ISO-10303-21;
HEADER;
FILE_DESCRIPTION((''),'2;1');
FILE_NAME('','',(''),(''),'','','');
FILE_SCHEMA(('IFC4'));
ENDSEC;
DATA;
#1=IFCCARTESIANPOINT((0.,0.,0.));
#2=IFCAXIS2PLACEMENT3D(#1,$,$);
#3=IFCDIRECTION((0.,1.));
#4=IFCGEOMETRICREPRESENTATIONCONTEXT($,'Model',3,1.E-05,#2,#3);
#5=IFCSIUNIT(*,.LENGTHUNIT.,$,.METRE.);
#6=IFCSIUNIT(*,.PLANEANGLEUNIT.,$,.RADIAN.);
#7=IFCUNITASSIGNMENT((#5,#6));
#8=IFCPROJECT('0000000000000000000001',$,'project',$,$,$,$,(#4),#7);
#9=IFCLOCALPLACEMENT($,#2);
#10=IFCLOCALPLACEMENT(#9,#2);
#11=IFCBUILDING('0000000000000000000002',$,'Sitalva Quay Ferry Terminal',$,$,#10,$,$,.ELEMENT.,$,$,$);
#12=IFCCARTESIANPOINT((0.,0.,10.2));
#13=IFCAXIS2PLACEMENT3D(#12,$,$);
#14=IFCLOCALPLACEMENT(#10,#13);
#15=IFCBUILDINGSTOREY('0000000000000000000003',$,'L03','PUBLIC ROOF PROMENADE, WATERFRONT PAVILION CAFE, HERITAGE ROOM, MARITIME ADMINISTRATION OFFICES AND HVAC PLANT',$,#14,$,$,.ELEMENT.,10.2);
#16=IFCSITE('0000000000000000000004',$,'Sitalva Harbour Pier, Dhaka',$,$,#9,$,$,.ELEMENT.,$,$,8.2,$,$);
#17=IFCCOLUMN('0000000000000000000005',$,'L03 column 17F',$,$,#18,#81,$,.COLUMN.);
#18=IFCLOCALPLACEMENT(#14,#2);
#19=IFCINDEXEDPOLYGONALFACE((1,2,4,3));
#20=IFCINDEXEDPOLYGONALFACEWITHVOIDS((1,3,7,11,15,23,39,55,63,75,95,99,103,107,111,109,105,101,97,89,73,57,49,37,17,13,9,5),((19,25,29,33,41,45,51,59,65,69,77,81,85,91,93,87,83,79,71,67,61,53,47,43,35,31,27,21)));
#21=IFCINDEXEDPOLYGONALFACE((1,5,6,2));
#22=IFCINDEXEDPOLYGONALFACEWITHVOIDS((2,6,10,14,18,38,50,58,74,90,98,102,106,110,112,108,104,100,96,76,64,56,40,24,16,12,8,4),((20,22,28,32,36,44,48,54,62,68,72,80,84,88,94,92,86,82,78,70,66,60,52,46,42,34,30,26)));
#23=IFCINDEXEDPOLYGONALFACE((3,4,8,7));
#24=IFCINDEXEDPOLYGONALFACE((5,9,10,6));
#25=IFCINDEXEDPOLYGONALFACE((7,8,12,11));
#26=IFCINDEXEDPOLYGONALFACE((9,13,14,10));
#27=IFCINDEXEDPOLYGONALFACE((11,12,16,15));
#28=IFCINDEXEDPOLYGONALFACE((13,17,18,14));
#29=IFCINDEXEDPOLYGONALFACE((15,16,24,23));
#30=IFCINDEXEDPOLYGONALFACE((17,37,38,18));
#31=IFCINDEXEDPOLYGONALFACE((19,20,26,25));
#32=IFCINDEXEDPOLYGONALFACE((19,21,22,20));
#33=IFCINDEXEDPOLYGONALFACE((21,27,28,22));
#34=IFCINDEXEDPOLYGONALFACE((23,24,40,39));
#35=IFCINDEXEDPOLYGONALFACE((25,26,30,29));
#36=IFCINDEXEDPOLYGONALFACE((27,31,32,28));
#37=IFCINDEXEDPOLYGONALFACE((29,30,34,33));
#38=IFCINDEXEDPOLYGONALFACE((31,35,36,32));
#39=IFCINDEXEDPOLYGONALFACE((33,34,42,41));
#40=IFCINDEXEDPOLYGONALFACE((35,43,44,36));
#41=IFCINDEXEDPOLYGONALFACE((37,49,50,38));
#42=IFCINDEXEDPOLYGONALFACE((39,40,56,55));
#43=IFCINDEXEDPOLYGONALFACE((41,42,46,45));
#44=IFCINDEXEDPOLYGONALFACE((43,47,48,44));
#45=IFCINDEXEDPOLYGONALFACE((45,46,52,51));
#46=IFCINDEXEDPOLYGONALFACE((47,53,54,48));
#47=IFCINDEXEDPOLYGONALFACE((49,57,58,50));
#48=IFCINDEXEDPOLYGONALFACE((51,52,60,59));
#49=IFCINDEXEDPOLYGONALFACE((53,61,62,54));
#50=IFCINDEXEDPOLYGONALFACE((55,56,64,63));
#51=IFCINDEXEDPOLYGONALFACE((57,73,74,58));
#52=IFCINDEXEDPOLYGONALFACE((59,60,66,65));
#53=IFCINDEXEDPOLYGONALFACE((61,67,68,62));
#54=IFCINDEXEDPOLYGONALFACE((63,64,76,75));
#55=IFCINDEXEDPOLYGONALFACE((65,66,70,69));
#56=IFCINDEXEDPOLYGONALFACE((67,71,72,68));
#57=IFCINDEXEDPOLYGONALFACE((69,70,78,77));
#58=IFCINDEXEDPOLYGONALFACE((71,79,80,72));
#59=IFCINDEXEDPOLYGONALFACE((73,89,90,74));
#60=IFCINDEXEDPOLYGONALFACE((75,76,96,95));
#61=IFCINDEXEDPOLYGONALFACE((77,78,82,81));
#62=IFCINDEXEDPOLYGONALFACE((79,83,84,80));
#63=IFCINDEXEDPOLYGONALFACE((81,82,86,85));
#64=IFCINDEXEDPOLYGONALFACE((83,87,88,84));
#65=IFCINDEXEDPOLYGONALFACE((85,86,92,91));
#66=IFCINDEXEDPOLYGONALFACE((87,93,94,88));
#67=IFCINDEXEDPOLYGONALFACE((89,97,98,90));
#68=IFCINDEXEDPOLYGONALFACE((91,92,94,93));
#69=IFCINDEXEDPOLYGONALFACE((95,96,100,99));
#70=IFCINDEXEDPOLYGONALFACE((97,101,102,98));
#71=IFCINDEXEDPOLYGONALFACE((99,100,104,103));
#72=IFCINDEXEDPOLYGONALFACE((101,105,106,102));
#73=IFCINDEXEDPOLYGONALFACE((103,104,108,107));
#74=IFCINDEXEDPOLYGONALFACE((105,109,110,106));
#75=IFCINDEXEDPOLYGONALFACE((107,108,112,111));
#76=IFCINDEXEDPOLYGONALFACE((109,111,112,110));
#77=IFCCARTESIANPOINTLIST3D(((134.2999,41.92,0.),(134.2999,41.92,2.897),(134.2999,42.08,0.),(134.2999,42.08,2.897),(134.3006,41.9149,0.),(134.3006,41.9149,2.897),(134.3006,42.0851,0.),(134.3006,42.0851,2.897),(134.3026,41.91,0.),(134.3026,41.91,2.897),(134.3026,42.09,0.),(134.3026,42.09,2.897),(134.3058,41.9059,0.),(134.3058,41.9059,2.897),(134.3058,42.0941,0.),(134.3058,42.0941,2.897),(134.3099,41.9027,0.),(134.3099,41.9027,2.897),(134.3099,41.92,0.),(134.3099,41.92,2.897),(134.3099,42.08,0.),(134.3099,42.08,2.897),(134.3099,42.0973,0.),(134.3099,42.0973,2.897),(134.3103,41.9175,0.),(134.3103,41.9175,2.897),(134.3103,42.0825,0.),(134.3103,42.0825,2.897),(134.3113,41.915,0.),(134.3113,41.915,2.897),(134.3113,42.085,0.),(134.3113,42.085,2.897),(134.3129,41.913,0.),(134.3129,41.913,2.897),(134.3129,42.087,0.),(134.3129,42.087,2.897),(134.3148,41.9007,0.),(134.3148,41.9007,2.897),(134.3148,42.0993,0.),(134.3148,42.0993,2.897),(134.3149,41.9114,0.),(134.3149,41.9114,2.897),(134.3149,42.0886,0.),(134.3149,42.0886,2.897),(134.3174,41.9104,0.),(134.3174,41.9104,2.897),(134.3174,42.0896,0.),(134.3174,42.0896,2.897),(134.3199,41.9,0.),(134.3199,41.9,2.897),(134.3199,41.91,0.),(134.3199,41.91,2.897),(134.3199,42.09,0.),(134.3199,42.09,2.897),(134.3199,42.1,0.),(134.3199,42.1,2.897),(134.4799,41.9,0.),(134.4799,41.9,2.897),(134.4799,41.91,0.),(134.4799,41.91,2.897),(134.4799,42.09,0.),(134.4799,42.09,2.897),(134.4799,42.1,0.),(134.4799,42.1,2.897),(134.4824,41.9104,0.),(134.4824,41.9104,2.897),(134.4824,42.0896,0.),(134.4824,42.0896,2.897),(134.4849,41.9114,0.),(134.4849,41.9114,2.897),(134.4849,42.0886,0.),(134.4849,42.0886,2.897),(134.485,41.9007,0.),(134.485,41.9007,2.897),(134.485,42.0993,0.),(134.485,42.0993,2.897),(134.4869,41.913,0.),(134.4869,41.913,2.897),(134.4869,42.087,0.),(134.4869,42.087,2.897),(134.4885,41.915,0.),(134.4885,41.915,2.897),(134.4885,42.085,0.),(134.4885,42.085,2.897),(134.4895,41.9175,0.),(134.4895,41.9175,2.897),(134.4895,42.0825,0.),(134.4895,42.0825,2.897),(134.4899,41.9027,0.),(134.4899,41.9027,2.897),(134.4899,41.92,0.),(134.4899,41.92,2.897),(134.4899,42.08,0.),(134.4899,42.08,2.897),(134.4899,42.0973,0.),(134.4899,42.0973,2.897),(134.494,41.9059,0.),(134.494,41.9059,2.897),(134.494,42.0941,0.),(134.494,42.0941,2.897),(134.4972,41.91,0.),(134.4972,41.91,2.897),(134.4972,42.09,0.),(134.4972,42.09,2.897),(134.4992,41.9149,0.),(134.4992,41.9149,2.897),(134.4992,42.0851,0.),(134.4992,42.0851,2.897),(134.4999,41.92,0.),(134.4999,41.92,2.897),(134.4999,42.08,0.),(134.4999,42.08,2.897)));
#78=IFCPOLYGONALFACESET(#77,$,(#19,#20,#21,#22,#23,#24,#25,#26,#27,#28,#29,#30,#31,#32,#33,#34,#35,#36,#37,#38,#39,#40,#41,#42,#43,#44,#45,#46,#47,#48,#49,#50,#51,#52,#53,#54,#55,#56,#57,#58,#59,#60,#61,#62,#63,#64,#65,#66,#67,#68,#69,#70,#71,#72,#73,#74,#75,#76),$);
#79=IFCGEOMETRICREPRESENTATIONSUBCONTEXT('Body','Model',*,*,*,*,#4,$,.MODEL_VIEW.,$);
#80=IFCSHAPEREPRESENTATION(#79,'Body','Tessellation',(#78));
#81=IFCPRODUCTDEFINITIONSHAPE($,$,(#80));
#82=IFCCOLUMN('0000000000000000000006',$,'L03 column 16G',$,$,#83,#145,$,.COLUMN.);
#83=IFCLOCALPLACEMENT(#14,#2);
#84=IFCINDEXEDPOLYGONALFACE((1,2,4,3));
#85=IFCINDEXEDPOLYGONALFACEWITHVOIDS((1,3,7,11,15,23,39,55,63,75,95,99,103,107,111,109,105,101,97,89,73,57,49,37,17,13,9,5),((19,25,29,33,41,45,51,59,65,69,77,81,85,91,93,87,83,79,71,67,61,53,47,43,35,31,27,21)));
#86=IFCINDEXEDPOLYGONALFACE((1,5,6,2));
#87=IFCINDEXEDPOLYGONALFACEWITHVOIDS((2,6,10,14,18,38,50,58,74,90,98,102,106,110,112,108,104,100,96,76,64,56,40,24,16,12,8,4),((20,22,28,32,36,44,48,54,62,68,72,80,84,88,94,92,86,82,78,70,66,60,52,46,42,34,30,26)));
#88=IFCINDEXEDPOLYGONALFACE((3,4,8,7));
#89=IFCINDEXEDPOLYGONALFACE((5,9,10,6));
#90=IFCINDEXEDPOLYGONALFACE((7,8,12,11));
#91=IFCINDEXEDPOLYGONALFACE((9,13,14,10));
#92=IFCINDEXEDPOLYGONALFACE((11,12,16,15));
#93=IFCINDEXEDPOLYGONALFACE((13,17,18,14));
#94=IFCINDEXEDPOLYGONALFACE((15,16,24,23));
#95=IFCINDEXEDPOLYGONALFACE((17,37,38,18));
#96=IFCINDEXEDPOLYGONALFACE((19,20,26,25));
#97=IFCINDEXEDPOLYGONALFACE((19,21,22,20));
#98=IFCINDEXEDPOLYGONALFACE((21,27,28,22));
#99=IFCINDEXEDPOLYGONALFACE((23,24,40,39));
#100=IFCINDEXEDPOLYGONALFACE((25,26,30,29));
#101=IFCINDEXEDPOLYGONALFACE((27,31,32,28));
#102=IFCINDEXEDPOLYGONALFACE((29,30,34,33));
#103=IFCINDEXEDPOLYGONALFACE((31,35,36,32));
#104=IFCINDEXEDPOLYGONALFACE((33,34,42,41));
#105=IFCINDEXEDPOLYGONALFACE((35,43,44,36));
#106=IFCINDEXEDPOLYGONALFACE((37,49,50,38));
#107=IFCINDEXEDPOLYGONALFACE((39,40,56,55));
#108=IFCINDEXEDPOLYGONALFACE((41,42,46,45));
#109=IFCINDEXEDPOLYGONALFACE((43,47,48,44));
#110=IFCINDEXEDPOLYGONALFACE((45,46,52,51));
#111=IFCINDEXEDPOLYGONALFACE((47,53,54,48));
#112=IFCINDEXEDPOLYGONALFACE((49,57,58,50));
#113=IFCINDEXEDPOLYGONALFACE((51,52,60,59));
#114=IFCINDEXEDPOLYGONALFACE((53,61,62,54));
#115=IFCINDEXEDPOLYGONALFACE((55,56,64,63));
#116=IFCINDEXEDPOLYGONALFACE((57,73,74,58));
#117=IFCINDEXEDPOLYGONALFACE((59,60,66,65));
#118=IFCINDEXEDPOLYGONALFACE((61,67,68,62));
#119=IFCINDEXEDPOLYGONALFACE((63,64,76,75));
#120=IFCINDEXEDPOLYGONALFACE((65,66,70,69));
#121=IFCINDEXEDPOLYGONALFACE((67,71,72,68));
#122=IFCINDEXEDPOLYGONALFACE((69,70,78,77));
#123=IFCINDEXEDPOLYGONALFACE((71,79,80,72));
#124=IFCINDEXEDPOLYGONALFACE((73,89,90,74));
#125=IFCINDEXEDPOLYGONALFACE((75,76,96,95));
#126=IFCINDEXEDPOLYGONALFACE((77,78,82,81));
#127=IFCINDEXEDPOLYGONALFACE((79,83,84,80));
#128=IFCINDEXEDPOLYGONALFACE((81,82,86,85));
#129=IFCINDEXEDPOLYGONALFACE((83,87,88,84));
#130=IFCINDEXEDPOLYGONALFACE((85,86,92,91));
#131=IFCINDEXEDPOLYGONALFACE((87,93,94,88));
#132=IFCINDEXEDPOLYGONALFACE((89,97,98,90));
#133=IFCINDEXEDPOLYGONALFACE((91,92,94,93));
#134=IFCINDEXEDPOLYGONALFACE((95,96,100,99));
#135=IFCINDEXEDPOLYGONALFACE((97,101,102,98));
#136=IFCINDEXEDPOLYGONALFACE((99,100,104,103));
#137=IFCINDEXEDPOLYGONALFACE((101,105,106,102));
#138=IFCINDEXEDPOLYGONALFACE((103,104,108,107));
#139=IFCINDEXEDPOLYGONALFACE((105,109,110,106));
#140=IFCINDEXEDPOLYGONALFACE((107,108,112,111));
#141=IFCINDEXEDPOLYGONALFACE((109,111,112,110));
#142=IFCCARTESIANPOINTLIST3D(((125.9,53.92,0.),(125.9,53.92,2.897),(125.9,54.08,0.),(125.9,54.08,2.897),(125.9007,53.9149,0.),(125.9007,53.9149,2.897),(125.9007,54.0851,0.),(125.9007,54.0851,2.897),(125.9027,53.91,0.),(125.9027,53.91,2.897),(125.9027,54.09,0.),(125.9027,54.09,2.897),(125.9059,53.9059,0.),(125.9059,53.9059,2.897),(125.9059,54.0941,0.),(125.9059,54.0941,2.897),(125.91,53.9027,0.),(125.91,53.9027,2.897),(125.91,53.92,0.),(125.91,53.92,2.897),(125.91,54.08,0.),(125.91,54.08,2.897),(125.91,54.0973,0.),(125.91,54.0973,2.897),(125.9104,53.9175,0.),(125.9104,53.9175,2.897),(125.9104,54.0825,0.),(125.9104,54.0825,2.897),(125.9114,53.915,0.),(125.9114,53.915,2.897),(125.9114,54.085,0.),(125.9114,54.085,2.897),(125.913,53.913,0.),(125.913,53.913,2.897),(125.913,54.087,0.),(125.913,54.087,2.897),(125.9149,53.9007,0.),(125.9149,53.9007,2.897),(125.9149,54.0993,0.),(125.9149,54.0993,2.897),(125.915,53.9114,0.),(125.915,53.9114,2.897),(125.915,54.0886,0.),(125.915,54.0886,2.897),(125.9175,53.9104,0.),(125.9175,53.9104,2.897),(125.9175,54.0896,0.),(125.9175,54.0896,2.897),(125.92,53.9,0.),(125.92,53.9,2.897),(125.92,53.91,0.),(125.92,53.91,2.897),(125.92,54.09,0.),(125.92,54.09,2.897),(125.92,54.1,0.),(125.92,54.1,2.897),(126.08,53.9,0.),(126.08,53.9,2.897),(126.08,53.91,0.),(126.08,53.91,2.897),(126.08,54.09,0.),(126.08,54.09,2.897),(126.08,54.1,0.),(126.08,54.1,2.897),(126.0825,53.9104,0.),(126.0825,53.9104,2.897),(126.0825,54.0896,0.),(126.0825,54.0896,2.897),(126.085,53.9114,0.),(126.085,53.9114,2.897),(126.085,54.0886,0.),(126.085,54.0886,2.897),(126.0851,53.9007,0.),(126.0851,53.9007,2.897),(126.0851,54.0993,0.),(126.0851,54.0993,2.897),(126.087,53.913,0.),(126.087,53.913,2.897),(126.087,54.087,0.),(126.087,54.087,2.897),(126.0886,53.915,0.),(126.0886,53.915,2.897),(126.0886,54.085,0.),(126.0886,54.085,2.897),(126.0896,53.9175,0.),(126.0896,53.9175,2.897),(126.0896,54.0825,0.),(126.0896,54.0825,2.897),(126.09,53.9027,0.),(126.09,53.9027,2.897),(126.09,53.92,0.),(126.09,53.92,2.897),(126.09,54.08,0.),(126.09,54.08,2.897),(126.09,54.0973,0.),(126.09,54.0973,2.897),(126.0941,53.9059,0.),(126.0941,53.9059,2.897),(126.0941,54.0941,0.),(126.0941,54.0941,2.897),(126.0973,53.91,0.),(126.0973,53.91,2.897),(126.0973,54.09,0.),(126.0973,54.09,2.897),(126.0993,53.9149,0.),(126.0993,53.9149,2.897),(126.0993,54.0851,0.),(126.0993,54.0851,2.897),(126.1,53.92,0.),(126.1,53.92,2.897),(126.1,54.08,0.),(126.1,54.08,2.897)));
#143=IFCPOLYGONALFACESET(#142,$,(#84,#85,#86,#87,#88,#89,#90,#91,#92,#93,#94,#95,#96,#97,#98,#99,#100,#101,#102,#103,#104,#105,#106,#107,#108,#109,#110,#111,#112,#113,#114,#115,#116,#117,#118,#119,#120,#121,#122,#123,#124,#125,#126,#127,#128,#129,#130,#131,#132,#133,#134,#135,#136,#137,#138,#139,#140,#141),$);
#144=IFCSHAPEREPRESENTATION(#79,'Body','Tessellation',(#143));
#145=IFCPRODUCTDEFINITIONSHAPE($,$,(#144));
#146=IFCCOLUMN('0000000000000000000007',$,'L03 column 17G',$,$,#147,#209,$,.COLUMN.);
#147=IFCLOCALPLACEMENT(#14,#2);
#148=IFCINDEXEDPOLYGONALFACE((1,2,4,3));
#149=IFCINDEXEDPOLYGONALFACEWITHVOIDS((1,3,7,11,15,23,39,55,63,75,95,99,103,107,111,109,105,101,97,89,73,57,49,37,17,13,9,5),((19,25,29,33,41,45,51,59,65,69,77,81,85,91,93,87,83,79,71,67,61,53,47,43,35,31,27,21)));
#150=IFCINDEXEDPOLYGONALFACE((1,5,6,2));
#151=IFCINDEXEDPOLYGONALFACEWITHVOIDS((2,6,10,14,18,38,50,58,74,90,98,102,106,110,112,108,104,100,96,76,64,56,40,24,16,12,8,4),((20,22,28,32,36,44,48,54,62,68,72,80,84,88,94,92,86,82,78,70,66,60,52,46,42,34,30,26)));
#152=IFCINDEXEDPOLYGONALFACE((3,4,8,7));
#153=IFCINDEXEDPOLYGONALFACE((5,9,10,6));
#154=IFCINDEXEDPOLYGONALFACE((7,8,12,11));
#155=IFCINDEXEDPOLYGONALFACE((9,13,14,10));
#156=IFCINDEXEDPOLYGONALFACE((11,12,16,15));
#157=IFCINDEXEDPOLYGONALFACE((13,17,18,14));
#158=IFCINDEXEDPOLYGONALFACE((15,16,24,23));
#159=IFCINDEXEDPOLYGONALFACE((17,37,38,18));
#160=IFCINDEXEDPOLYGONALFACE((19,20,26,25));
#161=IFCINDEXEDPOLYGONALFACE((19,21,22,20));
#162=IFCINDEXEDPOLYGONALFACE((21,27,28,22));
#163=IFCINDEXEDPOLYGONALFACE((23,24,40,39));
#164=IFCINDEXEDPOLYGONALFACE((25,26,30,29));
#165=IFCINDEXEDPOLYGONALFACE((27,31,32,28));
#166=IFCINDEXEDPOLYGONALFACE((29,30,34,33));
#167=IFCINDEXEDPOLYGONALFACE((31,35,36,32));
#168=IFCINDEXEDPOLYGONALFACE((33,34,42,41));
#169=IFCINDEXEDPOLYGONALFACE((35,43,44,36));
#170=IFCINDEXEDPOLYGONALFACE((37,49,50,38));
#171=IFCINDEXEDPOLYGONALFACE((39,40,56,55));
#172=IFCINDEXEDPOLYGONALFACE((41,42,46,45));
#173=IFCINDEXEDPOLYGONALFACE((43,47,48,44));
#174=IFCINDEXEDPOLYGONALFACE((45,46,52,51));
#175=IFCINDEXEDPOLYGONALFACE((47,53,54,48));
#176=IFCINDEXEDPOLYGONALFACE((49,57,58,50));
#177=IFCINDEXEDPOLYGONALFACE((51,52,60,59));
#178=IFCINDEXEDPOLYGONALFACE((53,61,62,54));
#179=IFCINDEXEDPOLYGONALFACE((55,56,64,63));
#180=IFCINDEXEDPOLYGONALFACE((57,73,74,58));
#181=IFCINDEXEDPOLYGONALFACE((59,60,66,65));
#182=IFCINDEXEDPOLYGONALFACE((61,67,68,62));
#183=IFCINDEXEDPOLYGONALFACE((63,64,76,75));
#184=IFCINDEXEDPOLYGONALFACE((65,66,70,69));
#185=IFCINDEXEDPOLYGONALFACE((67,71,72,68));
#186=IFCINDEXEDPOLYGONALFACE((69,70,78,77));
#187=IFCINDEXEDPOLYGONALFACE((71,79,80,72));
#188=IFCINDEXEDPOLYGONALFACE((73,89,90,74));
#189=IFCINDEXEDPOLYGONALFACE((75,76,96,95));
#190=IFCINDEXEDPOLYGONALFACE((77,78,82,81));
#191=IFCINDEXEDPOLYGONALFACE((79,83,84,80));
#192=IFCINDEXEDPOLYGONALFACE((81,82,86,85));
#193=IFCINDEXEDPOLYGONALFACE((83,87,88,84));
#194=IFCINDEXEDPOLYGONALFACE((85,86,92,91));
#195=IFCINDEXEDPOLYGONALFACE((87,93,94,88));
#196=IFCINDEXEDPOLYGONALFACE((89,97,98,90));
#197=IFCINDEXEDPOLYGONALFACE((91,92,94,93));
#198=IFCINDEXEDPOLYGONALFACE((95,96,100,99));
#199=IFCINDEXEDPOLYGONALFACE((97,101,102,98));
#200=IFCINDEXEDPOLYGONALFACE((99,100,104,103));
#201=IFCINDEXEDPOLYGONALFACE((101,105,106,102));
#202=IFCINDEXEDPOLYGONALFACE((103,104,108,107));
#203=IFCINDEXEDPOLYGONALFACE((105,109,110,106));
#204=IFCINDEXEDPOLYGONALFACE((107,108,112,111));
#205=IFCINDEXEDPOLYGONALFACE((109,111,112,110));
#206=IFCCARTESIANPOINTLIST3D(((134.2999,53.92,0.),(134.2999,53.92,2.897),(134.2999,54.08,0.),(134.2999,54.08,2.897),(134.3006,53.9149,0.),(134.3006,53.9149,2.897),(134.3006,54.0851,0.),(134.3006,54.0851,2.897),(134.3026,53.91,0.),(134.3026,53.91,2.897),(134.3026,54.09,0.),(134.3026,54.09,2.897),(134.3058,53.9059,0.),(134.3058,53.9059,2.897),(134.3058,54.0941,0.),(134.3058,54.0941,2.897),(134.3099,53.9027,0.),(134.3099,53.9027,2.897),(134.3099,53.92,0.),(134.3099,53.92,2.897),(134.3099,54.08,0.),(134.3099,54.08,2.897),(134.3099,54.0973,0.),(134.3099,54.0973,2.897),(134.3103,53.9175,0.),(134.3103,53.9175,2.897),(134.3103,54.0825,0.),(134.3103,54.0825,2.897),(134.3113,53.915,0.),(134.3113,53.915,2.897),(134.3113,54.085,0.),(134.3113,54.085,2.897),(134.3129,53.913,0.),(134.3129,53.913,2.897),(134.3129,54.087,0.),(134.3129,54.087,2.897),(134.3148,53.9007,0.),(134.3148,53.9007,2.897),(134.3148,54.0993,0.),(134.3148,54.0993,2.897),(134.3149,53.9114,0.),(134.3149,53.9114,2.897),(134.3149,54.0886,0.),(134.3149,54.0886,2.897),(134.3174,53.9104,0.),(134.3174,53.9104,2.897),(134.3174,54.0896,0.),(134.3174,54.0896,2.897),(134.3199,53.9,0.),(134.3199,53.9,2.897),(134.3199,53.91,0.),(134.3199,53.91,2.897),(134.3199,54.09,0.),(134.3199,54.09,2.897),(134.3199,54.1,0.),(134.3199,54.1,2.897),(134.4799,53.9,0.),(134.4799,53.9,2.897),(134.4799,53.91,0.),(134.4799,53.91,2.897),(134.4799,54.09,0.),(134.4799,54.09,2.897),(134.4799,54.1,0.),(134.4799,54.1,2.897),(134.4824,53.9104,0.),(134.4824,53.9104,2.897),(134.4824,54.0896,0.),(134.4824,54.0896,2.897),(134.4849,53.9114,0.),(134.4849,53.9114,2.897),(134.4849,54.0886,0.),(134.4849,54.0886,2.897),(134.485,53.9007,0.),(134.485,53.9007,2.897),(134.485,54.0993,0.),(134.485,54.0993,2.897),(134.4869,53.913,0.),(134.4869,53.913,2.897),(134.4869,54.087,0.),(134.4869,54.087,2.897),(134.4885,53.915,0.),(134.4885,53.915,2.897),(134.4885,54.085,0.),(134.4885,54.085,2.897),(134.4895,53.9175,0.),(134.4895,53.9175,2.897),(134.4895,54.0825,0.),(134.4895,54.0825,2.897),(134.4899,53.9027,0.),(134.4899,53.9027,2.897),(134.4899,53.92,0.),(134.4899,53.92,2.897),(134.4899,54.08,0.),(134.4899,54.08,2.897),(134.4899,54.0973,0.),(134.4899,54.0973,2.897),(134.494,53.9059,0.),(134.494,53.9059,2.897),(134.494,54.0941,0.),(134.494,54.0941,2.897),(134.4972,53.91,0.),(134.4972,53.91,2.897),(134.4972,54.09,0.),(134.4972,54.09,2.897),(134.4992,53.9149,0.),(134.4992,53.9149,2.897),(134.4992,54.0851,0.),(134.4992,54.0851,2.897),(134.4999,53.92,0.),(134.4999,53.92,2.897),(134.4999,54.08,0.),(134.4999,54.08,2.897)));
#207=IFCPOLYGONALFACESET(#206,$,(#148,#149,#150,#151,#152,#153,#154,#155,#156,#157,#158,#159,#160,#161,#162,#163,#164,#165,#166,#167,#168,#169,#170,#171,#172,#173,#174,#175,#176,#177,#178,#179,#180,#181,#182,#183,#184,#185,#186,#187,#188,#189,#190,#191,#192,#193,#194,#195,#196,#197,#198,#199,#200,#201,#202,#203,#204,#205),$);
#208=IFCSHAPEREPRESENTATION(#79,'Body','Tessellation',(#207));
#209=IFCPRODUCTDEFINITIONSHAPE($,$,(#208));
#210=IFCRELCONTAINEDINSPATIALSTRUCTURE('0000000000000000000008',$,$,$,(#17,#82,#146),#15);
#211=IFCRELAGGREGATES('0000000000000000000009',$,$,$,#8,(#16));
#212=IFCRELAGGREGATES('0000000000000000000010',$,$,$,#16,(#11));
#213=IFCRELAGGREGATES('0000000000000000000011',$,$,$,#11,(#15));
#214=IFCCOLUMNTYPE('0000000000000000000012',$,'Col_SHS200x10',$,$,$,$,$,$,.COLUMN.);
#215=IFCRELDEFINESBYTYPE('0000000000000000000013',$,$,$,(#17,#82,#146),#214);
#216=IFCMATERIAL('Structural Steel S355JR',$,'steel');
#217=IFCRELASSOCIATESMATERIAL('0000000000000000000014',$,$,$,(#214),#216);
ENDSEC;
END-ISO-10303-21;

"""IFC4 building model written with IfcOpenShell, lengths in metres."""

from ifc_helpers import new_model, si_unit, direction, frame, origin, origin_2d, place, context, subcontext, project, spatial, hollow_rectangle, extrude, material, material_profile, profile_set, type_object, element, save


model = new_model("IFC4")

# Units and contexts
model_context = context("Model", 3, precision=1e-05, world=origin(), true_north=direction((0.0, 1.0)))
body_context = subcontext(model_context, "Body", "Model", "MODEL_VIEW")
ifc_project = project(units=[si_unit("LENGTHUNIT", "METRE"), si_unit("PLANEANGLEUNIT", "RADIAN")], contexts=[model_context])

# Site, building, storey
site_placement = place(None, origin())
site = spatial("IfcSite", under=ifc_project, at=site_placement, Name="Sitalva Harbour Pier, Dhaka", CompositionType="ELEMENT", RefElevation=8.2)
building_placement = place(site_placement, origin())
building = spatial("IfcBuilding", under=site, at=building_placement, Name="Sitalva Quay Ferry Terminal", CompositionType="ELEMENT")
storey_placement = place(building_placement, frame((0.0, 0.0, 10.2)))
storey = spatial("IfcBuildingStorey", under=building, at=storey_placement, Name="L03", Description="PUBLIC ROOF PROMENADE, WATERFRONT PAVILION CAFE, HERITAGE ROOM, MARITIME ADMINISTRATION OFFICES AND HVAC PLANT", CompositionType="ELEMENT", Elevation=10.2)

# Columns
ifc_material_1 = material(Name="Structural Steel S355JR", Category="steel")
ifc_material_profile_1 = material_profile(ifc_material_1, hollow_rectangle(XDim=0.2, YDim=0.2, WallThickness=0.01, InnerFilletRadius=0.01, OuterFilletRadius=0.02, at=origin_2d()), Name="SHS200x200x10")
ifc_profile_set_1 = profile_set([ifc_material_profile_1], Name="Structural Steel S355JR")
column_type = type_object("IfcColumnType", Name="Col_SHS200x10", PredefinedType="COLUMN", material=ifc_profile_set_1)
for number, where, z_axis, x_axis, name in (
    (1, (134.3999, 42.0, 0.0), (0.0, 0.0, 1.0), (1.0, 0.0, 0.0), "L03 column 17F"),
    (2, (126.0, 54.0, 0.0), (0.0, 0.0, 1.0), (1.0, 0.0, 0.0), "L03 column 16G"),
    (3, (134.3999, 54.0, 0.0), (0.0, 0.0, 1.0), (1.0, 0.0, 0.0), "L03 column 17G"),
):
    element("IfcColumn", number, at=place(storey_placement, frame(where, z_axis=z_axis, x_axis=x_axis)), inside=storey, type_object=column_type, Name=name, PredefinedType="COLUMN", context=body_context, shape_type="SweptSolid", body=[
        extrude(hollow_rectangle(XDim=0.2, YDim=0.2, WallThickness=0.01, InnerFilletRadius=0.01, OuterFilletRadius=0.02, at=origin_2d()), origin(), (0.0, 0.0, 1.0), 2.897),
    ])

save(model, "model.ifc")
